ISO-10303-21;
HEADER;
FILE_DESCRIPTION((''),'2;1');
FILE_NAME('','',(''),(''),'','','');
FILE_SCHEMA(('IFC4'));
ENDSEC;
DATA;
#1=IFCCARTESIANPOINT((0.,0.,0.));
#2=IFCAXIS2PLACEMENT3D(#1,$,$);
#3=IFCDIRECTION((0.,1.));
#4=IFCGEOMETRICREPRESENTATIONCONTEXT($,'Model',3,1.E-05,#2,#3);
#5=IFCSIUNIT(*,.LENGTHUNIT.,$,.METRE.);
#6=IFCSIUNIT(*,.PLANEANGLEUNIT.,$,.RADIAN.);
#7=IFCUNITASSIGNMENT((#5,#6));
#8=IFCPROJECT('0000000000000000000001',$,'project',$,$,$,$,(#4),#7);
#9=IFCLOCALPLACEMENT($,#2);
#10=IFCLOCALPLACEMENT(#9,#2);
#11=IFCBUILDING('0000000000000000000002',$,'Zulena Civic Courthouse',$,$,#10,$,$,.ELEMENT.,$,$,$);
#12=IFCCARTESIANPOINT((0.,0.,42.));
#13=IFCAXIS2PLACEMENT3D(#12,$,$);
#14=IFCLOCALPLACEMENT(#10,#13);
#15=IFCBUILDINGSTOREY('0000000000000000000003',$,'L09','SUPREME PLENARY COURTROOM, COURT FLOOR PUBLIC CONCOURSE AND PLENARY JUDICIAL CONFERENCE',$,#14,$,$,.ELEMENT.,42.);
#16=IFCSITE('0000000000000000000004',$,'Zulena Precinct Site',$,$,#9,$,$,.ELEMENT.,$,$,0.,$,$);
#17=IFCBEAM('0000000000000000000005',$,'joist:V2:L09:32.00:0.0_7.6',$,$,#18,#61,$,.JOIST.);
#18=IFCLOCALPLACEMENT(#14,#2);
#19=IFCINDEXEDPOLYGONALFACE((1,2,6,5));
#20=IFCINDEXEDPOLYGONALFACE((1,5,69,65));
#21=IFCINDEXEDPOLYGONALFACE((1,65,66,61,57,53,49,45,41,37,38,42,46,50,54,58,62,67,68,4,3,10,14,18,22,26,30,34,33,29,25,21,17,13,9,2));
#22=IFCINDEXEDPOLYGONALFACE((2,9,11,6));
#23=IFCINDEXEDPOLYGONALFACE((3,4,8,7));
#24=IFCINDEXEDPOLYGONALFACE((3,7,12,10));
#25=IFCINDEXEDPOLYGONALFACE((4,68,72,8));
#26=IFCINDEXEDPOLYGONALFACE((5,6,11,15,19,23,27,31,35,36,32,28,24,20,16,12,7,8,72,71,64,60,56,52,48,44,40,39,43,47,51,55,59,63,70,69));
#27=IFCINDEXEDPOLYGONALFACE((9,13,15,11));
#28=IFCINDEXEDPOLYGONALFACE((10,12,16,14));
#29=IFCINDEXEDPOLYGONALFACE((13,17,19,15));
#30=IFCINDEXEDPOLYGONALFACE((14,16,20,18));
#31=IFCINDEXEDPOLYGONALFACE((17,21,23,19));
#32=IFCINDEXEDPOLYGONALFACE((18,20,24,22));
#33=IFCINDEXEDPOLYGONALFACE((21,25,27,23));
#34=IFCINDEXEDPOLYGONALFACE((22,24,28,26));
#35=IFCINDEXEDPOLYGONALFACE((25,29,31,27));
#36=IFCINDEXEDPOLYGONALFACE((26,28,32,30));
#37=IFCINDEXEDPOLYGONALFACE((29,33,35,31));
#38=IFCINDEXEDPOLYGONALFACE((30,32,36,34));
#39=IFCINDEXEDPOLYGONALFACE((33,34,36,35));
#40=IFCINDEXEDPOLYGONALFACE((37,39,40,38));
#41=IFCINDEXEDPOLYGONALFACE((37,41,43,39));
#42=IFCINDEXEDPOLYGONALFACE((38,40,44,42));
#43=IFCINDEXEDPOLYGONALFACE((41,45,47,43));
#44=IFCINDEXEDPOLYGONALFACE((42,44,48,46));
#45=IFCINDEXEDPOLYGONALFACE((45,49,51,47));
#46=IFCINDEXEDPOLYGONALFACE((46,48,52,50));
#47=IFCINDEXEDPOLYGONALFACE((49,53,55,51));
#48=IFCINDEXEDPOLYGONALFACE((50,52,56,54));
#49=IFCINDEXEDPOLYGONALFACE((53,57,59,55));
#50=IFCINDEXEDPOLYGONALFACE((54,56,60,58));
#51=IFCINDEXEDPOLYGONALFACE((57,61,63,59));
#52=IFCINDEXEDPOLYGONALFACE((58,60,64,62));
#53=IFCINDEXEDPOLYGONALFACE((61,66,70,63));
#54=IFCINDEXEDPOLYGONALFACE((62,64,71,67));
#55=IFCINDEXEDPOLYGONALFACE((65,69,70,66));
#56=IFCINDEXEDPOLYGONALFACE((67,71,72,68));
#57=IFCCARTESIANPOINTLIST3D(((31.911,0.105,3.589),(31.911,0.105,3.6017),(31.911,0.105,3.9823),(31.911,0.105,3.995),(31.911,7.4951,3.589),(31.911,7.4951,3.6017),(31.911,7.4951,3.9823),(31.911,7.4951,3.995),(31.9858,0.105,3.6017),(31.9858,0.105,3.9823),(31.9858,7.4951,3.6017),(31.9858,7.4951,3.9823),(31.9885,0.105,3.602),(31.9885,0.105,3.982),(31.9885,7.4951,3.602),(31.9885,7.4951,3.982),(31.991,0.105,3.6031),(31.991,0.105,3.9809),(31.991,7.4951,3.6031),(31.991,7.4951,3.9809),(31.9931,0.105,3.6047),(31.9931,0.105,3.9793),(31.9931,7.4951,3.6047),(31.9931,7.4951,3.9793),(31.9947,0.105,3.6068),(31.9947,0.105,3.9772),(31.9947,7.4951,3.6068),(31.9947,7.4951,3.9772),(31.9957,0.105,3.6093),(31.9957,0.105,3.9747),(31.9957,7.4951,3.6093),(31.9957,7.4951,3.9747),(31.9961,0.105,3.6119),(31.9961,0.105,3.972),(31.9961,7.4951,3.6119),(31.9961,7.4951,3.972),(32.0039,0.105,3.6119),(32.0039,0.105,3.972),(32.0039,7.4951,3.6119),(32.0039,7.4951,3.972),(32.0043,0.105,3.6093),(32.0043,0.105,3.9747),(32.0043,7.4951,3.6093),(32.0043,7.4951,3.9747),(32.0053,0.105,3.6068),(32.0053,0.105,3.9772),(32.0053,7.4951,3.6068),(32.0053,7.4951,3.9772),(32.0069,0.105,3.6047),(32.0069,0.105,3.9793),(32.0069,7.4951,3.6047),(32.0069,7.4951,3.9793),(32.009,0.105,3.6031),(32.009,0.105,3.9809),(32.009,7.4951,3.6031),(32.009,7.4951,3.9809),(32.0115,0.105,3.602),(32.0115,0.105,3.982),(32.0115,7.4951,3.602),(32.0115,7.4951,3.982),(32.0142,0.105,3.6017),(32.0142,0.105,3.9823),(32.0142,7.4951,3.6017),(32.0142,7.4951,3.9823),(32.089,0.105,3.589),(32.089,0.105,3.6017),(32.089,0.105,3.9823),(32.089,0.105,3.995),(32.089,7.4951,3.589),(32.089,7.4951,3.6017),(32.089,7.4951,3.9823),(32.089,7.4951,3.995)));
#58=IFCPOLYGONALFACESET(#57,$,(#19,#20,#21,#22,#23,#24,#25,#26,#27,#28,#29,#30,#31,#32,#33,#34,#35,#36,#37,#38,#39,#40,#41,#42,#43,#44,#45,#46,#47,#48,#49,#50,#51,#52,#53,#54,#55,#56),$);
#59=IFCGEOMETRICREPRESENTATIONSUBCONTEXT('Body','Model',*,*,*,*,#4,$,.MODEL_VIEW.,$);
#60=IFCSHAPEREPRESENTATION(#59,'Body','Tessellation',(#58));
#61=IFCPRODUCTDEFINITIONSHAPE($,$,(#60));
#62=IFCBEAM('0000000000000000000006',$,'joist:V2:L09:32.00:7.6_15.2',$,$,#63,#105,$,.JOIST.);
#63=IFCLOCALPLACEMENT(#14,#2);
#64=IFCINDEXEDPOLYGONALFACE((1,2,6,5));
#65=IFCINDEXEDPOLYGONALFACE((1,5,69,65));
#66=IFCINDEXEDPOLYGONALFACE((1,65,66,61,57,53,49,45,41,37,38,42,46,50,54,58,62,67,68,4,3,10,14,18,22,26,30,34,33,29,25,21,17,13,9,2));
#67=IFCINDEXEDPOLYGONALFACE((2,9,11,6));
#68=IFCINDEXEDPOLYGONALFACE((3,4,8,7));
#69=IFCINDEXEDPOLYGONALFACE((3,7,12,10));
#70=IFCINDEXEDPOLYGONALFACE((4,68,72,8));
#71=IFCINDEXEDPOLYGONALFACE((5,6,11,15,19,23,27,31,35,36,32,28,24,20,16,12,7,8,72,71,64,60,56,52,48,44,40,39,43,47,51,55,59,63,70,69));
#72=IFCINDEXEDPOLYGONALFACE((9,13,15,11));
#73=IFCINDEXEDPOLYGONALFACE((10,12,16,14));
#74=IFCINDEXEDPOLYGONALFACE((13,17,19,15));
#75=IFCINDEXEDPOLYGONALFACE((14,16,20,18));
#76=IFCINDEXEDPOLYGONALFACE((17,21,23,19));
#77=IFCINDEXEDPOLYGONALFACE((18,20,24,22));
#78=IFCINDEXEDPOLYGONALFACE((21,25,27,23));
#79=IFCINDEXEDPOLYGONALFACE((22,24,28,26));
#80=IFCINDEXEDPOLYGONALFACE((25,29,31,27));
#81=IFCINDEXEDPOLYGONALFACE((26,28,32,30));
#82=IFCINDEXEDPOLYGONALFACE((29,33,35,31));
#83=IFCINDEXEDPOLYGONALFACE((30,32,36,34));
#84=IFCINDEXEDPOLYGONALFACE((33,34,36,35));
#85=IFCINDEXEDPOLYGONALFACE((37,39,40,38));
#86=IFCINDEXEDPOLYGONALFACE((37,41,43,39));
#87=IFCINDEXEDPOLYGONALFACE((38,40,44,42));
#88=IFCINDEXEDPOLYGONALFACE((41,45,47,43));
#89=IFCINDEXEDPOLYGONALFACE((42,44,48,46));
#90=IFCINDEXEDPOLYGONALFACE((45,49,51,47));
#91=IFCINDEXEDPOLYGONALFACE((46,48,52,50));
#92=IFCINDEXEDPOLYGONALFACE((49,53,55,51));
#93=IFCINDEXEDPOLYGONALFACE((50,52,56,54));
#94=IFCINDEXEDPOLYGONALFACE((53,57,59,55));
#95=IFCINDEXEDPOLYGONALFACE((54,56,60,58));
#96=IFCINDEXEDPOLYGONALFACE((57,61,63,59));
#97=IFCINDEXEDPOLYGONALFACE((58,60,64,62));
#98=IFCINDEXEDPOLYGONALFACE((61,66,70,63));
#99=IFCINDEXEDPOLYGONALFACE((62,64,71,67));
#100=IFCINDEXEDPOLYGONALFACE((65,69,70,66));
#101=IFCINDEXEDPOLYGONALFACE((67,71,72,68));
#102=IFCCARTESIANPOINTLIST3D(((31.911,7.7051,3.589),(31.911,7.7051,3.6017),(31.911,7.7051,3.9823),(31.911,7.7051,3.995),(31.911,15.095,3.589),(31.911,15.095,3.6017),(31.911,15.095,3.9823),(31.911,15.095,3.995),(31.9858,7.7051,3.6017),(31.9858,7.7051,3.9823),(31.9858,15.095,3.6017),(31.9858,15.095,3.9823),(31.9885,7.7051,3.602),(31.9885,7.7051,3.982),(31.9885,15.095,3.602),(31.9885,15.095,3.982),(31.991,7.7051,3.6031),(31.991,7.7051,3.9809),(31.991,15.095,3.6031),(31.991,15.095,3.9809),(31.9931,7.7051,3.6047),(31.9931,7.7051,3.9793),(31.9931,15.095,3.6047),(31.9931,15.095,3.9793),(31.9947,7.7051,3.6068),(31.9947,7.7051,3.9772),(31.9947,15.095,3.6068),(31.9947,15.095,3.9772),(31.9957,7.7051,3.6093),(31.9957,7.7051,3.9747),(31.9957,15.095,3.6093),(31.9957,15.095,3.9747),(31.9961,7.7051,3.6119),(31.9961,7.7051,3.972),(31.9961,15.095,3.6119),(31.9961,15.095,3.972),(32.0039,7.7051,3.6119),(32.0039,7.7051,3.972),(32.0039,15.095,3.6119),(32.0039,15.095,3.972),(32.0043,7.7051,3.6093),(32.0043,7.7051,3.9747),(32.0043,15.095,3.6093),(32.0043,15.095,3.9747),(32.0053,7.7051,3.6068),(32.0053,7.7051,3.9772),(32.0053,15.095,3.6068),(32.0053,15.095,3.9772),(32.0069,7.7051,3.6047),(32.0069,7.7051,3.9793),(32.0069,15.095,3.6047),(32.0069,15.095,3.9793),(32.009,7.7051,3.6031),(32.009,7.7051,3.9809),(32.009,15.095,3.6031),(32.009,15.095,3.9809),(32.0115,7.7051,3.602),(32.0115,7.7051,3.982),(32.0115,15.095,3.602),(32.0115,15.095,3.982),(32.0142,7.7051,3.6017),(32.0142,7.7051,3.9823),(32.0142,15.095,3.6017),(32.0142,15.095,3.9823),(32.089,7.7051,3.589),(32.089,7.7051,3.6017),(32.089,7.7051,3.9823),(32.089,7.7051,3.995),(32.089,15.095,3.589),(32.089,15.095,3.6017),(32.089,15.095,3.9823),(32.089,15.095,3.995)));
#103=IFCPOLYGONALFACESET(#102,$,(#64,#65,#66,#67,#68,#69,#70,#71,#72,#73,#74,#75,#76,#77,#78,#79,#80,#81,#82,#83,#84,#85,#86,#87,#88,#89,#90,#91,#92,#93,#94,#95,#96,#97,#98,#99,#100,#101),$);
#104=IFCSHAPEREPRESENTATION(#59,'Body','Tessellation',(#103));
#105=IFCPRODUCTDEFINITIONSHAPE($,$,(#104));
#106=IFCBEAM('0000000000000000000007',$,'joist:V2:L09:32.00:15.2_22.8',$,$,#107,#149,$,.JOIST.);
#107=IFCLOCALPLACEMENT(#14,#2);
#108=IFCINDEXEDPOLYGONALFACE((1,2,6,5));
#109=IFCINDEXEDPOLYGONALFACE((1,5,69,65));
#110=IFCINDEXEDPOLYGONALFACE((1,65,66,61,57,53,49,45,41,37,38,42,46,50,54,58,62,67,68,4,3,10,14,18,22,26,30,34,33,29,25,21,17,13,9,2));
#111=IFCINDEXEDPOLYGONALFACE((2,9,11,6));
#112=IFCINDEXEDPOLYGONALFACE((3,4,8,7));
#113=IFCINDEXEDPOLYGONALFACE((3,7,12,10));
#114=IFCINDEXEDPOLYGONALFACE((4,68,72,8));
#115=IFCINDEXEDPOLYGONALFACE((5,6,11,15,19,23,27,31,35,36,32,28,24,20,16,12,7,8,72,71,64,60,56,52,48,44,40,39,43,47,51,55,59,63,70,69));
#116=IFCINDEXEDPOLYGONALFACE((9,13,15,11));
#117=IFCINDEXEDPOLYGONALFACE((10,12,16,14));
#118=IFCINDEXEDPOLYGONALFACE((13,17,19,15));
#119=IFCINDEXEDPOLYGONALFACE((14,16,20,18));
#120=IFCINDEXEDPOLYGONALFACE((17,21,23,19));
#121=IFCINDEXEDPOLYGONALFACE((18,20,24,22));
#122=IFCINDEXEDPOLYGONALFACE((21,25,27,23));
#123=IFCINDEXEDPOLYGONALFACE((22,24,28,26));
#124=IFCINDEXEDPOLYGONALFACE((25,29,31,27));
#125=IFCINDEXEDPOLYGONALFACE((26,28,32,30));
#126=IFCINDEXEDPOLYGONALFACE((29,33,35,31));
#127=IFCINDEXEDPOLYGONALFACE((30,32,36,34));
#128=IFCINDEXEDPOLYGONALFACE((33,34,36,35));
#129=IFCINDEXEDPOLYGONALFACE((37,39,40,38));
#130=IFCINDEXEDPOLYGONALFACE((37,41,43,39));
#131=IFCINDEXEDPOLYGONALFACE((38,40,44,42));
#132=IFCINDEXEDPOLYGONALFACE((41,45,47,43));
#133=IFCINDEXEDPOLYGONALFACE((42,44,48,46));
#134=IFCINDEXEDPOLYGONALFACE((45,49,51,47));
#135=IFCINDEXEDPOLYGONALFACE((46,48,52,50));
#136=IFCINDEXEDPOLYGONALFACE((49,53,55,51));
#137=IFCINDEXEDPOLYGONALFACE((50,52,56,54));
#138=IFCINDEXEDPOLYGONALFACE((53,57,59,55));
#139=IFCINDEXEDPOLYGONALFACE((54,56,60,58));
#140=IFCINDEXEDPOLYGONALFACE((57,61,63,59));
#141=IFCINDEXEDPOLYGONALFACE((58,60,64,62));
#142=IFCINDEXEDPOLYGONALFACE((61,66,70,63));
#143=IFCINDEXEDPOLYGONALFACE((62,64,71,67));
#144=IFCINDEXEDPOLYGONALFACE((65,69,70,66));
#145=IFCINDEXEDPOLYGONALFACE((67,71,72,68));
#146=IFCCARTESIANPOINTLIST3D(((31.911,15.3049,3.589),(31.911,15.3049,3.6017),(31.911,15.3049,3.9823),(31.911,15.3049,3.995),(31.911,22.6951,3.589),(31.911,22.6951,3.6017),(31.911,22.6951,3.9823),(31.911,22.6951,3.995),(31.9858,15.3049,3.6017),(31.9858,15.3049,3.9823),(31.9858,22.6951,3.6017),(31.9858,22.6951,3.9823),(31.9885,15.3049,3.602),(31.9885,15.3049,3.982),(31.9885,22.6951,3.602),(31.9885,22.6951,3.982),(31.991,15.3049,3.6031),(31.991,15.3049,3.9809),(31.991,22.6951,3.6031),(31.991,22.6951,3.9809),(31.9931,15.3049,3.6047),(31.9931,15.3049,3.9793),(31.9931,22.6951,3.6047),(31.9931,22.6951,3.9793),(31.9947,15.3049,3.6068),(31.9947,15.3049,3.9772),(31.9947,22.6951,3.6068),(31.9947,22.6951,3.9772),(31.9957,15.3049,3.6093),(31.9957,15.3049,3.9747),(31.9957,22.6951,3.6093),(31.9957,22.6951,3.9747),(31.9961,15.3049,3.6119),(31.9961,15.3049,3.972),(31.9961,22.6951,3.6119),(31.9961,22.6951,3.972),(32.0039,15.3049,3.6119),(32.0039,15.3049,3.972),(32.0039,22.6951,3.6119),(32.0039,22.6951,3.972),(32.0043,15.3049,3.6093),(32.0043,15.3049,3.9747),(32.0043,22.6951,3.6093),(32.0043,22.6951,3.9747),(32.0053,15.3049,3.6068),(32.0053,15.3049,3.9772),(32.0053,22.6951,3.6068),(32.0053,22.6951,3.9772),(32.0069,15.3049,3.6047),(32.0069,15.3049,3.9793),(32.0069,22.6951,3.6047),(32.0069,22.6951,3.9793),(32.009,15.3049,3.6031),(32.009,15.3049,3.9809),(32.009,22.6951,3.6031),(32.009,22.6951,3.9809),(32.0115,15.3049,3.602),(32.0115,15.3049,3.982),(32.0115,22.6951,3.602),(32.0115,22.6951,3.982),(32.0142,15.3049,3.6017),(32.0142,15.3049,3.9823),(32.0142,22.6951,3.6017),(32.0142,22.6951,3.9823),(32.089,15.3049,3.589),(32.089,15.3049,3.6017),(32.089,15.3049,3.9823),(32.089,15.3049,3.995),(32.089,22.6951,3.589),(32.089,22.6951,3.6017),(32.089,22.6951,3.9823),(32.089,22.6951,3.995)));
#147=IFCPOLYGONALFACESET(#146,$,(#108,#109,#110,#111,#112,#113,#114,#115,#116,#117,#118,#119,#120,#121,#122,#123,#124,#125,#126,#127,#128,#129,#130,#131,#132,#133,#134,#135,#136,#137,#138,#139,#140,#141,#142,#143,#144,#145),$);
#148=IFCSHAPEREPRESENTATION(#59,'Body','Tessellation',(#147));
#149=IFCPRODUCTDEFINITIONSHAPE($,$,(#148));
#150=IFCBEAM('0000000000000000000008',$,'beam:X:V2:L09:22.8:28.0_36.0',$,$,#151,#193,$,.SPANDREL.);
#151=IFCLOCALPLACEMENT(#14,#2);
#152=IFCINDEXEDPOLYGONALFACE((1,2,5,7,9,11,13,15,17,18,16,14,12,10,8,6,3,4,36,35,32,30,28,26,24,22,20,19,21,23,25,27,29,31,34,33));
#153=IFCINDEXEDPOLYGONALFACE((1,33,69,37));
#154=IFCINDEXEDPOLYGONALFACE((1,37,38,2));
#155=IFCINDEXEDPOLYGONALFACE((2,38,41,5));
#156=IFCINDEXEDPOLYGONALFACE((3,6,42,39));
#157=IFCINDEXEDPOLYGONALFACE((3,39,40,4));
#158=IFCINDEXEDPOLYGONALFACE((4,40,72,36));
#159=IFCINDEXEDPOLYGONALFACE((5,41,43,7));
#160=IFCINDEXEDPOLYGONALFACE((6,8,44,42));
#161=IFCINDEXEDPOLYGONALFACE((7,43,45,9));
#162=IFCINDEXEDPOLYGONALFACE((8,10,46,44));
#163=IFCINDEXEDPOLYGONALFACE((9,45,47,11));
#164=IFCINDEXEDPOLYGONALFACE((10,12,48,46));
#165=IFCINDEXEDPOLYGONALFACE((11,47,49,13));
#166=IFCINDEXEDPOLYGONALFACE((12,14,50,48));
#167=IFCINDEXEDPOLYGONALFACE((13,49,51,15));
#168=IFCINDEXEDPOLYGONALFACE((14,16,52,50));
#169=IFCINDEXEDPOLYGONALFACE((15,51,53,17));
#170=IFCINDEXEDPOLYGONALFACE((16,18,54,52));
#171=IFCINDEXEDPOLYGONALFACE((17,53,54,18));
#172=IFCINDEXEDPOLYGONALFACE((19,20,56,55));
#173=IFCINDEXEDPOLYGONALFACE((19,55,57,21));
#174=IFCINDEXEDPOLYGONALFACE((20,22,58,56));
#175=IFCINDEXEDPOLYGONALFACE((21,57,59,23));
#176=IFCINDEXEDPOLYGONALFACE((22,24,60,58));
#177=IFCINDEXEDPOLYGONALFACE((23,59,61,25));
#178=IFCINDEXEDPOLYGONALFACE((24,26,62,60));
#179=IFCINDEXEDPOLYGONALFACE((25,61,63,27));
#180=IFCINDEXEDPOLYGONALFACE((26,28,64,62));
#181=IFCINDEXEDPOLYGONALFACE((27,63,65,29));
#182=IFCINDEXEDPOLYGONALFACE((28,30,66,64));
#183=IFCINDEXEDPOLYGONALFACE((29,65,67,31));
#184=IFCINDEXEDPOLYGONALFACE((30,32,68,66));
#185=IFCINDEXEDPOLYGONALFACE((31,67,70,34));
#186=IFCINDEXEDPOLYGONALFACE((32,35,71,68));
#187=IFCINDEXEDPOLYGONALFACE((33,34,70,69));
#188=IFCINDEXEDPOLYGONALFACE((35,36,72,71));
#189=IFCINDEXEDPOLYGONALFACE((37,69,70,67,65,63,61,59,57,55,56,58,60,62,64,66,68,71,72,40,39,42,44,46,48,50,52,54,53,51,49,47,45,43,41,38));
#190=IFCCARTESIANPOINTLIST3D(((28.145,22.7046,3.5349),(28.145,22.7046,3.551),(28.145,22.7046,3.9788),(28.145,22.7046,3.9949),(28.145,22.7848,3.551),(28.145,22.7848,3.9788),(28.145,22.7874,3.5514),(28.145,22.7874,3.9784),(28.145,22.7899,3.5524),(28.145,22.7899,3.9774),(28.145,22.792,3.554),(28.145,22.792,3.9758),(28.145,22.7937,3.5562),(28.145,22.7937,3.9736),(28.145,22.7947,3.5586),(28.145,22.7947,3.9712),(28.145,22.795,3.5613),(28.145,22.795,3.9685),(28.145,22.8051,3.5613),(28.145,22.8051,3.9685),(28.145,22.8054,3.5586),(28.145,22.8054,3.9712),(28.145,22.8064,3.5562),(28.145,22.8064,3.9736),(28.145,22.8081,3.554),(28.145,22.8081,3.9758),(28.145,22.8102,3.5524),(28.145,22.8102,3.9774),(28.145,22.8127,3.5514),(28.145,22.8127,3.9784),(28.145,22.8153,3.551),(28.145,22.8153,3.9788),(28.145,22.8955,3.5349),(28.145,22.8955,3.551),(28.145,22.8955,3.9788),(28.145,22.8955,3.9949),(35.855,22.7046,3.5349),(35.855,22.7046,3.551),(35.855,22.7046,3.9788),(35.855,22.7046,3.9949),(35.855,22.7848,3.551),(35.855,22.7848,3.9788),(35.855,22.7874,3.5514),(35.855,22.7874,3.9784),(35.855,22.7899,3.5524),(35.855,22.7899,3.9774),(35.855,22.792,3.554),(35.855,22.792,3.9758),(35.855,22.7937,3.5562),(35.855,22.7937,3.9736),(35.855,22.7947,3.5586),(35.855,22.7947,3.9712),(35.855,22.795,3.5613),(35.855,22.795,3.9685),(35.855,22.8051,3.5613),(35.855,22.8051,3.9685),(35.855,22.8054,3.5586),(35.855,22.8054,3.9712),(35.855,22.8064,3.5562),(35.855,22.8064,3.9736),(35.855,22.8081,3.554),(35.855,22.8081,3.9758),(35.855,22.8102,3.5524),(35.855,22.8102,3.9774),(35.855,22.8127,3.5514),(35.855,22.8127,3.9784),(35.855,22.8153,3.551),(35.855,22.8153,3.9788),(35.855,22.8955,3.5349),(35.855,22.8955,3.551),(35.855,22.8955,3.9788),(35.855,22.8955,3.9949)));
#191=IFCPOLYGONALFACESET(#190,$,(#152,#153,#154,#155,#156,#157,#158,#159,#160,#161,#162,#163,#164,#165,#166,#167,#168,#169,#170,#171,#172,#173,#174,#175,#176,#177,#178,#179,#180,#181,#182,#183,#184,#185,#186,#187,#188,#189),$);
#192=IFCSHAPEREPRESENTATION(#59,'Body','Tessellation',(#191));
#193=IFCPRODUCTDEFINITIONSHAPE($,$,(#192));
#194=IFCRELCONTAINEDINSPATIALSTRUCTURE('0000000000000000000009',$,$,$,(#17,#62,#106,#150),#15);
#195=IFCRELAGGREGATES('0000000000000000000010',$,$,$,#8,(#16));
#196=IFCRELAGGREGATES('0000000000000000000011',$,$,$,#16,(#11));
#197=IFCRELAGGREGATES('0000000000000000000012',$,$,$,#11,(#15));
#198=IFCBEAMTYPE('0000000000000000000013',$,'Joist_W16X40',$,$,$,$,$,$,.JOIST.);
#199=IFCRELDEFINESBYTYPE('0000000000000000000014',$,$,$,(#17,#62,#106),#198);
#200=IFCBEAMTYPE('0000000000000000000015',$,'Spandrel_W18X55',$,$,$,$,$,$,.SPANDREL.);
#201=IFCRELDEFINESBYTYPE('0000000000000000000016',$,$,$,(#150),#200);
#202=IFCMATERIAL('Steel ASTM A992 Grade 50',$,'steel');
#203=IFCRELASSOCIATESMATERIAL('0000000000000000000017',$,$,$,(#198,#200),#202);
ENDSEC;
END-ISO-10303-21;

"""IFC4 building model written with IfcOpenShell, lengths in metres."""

from ifc_helpers import new_model, si_unit, direction, frame, origin, origin_2d, place, context, subcontext, project, spatial, i_section, extrude, material, material_profile, profile_set, type_object, element, save


model = new_model("IFC4")

# Units and contexts
model_context = context("Model", 3, precision=1e-05, world=origin(), true_north=direction((0.0, 1.0)))
body_context = subcontext(model_context, "Body", "Model", "MODEL_VIEW")
ifc_project = project(units=[si_unit("LENGTHUNIT", "METRE"), si_unit("PLANEANGLEUNIT", "RADIAN")], contexts=[model_context])

# Site, building, storey
site_placement = place(None, origin())
site = spatial("IfcSite", under=ifc_project, at=site_placement, Name="Zulena Precinct Site", CompositionType="ELEMENT", RefElevation=0.0)
building_placement = place(site_placement, origin())
building = spatial("IfcBuilding", under=site, at=building_placement, Name="Zulena Civic Courthouse", CompositionType="ELEMENT")
storey_placement = place(building_placement, frame((0.0, 0.0, 42.0)))
storey = spatial("IfcBuildingStorey", under=building, at=storey_placement, Name="L09", Description="SUPREME PLENARY COURTROOM, COURT FLOOR PUBLIC CONCOURSE AND PLENARY JUDICIAL CONFERENCE", CompositionType="ELEMENT", Elevation=42.0)

# Shared definitions
ifc_material_1 = material(Name="Steel ASTM A992 Grade 50", Category="steel")

# Beams
ifc_material_profile_1 = material_profile(ifc_material_1, i_section(OverallWidth=0.178, OverallDepth=0.406, WebThickness=0.0078, FlangeThickness=0.0127, FilletRadius=0.0103, at=origin_2d()), Name="W16X40")
ifc_profile_set_1 = profile_set([ifc_material_profile_1], Name="Steel ASTM A992 Grade 50")
beam_type_1 = type_object("IfcBeamType", Name="Joist_W16X40", PredefinedType="JOIST", material=ifc_profile_set_1)
beam_1_placement = place(storey_placement, frame((32.0, 0.105, 3.792), z_axis=(0.0, 1.0, 0.0), x_axis=(-1.0, 0.0, 0.0)))
element("IfcBeam", 1, at=beam_1_placement, inside=storey, type_object=beam_type_1, Name="joist:V2:L09:32.00:0.0_7.6", PredefinedType="JOIST", context=body_context, shape_type="SweptSolid", body=[
    extrude(i_section(OverallWidth=0.178, OverallDepth=0.406, WebThickness=0.0078, FlangeThickness=0.0127, FilletRadius=0.0103, at=origin_2d()), origin(), (0.0, 0.0, 1.0), 7.3901),
])
beam_2_placement = place(storey_placement, frame((32.0, 7.7051, 3.792), z_axis=(0.0, 1.0, 0.0), x_axis=(-1.0, 0.0, 0.0)))
element("IfcBeam", 2, at=beam_2_placement, inside=storey, type_object=beam_type_1, Name="joist:V2:L09:32.00:7.6_15.2", PredefinedType="JOIST", context=body_context, shape_type="SweptSolid", body=[
    extrude(i_section(OverallWidth=0.178, OverallDepth=0.406, WebThickness=0.0078, FlangeThickness=0.0127, FilletRadius=0.0103, at=origin_2d()), origin(), (0.0, 0.0, 1.0), 7.3899),
])
beam_3_placement = place(storey_placement, frame((32.0, 15.3049, 3.792), z_axis=(0.0, 1.0, 0.0), x_axis=(-1.0, 0.0, 0.0)))
element("IfcBeam", 3, at=beam_3_placement, inside=storey, type_object=beam_type_1, Name="joist:V2:L09:32.00:15.2_22.8", PredefinedType="JOIST", context=body_context, shape_type="SweptSolid", body=[
    extrude(i_section(OverallWidth=0.178, OverallDepth=0.406, WebThickness=0.0078, FlangeThickness=0.0127, FilletRadius=0.0103, at=origin_2d()), origin(), (0.0, 0.0, 1.0), 7.3901),
])
ifc_material_profile_2 = material_profile(ifc_material_1, i_section(OverallWidth=0.1909, OverallDepth=0.46, WebThickness=0.01, FlangeThickness=0.0161, FilletRadius=0.0103, at=origin_2d()), Name="W18X55")
ifc_profile_set_2 = profile_set([ifc_material_profile_2], Name="Steel ASTM A992 Grade 50")
beam_type_2 = type_object("IfcBeamType", Name="Spandrel_W18X55", PredefinedType="SPANDREL", material=ifc_profile_set_2)
beam_4_placement = place(storey_placement, frame((28.145, 22.8, 3.7649), z_axis=(1.0, 0.0, 0.0), x_axis=(0.0, 1.0, 0.0)))
element("IfcBeam", 4, at=beam_4_placement, inside=storey, type_object=beam_type_2, Name="beam:X:V2:L09:22.8:28.0_36.0", PredefinedType="SPANDREL", context=body_context, shape_type="SweptSolid", body=[
    extrude(i_section(OverallWidth=0.1909, OverallDepth=0.46, WebThickness=0.01, FlangeThickness=0.0161, FilletRadius=0.0103, at=origin_2d()), origin(), (0.0, 0.0, 1.0), 7.71),
])

save(model, "model.ifc")
